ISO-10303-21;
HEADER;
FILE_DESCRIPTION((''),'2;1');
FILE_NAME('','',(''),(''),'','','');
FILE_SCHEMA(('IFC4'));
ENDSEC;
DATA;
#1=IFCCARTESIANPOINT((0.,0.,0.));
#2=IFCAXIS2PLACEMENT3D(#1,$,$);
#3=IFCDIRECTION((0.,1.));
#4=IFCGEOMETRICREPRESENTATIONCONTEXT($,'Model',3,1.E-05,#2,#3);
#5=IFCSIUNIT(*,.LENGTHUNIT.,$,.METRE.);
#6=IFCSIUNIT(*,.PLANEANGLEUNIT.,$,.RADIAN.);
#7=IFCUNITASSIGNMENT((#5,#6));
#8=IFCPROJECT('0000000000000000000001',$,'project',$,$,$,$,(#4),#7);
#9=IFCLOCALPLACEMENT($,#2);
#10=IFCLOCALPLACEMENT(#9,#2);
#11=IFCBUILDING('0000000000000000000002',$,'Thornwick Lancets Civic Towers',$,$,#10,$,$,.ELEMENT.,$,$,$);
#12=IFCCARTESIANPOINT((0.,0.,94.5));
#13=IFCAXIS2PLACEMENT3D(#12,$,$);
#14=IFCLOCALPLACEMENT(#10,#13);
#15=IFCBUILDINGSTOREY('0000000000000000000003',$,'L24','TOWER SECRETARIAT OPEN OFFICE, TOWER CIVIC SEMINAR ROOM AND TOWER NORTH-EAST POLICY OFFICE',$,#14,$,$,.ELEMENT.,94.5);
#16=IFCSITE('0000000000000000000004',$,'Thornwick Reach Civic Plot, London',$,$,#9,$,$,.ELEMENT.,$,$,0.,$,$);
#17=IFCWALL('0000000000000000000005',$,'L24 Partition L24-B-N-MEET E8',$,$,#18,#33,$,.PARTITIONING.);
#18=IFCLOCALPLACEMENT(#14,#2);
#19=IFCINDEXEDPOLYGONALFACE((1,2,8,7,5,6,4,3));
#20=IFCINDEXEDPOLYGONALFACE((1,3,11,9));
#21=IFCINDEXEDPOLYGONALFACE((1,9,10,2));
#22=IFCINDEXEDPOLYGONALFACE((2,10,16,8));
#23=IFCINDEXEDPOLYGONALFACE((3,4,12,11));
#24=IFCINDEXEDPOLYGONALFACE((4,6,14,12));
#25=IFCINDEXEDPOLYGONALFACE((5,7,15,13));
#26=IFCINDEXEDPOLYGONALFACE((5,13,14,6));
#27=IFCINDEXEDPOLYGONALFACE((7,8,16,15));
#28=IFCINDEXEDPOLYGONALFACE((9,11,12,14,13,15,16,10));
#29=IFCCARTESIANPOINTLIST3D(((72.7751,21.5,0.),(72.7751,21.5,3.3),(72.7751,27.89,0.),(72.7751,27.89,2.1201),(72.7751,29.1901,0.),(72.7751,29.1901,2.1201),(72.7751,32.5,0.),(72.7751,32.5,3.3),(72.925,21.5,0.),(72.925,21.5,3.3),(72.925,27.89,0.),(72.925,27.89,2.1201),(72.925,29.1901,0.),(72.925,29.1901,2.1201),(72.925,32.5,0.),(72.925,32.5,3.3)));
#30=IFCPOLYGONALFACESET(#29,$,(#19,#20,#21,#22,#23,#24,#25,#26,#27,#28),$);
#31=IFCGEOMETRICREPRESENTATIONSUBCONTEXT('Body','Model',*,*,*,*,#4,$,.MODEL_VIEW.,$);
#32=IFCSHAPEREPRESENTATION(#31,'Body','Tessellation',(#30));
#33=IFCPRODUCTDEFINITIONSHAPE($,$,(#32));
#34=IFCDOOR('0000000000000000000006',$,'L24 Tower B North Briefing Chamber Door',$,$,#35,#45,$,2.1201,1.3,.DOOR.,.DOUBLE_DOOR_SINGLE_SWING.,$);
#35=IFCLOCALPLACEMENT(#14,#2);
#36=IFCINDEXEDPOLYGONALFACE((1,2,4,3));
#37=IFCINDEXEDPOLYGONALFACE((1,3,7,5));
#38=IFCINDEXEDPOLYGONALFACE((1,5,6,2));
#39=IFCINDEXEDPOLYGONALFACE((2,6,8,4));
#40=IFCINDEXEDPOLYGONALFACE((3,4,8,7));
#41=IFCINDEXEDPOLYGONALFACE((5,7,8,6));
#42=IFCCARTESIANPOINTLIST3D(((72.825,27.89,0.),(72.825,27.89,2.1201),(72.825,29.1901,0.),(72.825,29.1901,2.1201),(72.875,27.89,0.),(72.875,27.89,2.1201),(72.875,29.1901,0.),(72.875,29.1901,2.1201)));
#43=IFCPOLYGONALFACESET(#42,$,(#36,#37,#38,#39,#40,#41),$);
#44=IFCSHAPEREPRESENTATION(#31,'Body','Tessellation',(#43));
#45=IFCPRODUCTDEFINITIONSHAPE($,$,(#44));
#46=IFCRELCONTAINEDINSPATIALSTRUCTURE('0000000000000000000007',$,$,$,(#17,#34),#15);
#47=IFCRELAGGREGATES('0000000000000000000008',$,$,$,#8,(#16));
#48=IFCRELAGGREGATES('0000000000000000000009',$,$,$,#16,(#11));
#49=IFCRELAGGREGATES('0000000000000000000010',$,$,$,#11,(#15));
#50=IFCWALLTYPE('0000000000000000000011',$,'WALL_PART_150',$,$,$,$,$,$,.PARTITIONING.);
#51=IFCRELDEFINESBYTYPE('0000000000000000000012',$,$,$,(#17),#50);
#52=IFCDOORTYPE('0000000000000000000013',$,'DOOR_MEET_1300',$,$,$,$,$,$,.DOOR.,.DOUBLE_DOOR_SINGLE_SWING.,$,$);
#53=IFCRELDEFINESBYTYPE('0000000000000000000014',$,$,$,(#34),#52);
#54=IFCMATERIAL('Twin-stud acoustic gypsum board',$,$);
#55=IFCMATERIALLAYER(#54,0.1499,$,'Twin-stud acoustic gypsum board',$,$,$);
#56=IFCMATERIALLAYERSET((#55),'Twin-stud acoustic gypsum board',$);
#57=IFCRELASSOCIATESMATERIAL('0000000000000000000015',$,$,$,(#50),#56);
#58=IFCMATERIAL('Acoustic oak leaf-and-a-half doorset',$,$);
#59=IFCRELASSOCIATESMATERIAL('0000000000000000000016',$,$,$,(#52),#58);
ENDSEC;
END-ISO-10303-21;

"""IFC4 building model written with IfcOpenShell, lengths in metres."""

from ifc_helpers import new_model, si_unit, direction, frame, frame_2d, origin, place, context, subcontext, project, spatial, rectangle, extrude, material, layer, layer_set, type_object, element, fill, save


model = new_model("IFC4")

# Units and contexts
model_context = context("Model", 3, precision=1e-05, world=origin(), true_north=direction((0.0, 1.0)))
body_context = subcontext(model_context, "Body", "Model", "MODEL_VIEW")
ifc_project = project(units=[si_unit("LENGTHUNIT", "METRE"), si_unit("PLANEANGLEUNIT", "RADIAN")], contexts=[model_context])

# Site, building, storey
site_placement = place(None, origin())
site = spatial("IfcSite", under=ifc_project, at=site_placement, Name="Thornwick Reach Civic Plot, London", CompositionType="ELEMENT", RefElevation=0.0)
building_placement = place(site_placement, origin())
building = spatial("IfcBuilding", under=site, at=building_placement, Name="Thornwick Lancets Civic Towers", CompositionType="ELEMENT")
storey_placement = place(building_placement, frame((0.0, 0.0, 94.5)))
storey = spatial("IfcBuildingStorey", under=building, at=storey_placement, Name="L24", Description="TOWER SECRETARIAT OPEN OFFICE, TOWER CIVIC SEMINAR ROOM AND TOWER NORTH-EAST POLICY OFFICE", CompositionType="ELEMENT", Elevation=94.5)

# Wall, opening, door
ifc_material_1 = material(Name="Twin-stud acoustic gypsum board")
ifc_layer_1 = layer(ifc_material_1, 0.1499, Name="Twin-stud acoustic gypsum board")
ifc_layer_set_1 = layer_set([ifc_layer_1], Name="Twin-stud acoustic gypsum board")
wall_type_1 = type_object("IfcWallType", Name="WALL_PART_150", PredefinedType="PARTITIONING", material=ifc_layer_set_1)
wall_1_placement = place(storey_placement, frame((72.8501, 32.5, 0.0), z_axis=(0.0, 0.0, 1.0), x_axis=(0.0, -1.0, 0.0)))
wall_1 = element("IfcWall", 1, at=wall_1_placement, inside=storey, type_object=wall_type_1, Name="L24 Partition L24-B-N-MEET E8", PredefinedType="PARTITIONING", context=body_context, shape_type="SweptSolid", body=[
    extrude(rectangle(XDim=11.0, YDim=0.1499, at=frame_2d((5.5, 0.0))), origin(), (0.0, 0.0, 1.0), 3.3),
])
opening_1_placement = place(wall_1_placement, frame((3.3101, 0.0, 0.0)))
opening_1 = element("IfcOpeningElement", 2, at=opening_1_placement, cuts=wall_1, PredefinedType="OPENING", context=body_context, shape_type="SweptSolid", body=[
    extrude(rectangle(XDim=1.3, YDim=2.1201, at=frame_2d((0.6499, 1.0601))), frame((0.0, 0.085, 0.0), z_axis=(0.0, -1.0, 0.0), x_axis=(1.0, 0.0, 0.0)), (0.0, 0.0, 1.0), 0.1699),
])
ifc_material_2 = material(Name="Acoustic oak leaf-and-a-half doorset")
door_type_1 = type_object("IfcDoorType", Name="DOOR_MEET_1300", OperationType="DOUBLE_DOOR_SINGLE_SWING", PredefinedType="DOOR", material=ifc_material_2)
door_1_placement = place(opening_1_placement, origin())
door_1 = element("IfcDoor", 3, at=door_1_placement, inside=storey, type_object=door_type_1, Name="L24 Tower B North Briefing Chamber Door", OperationType="DOUBLE_DOOR_SINGLE_SWING", OverallHeight=2.1201, OverallWidth=1.3, PredefinedType="DOOR", context=body_context, shape_type="SweptSolid", body=[
    extrude(rectangle(XDim=1.3, YDim=2.1201, at=frame_2d((0.6499, 1.0601))), frame((0.0, 0.0249, 0.0), z_axis=(0.0, -1.0, 0.0), x_axis=(1.0, 0.0, 0.0)), (0.0, 0.0, 1.0), 0.05),
])
fill(opening_1, door_1)

save(model, "model.ifc")
